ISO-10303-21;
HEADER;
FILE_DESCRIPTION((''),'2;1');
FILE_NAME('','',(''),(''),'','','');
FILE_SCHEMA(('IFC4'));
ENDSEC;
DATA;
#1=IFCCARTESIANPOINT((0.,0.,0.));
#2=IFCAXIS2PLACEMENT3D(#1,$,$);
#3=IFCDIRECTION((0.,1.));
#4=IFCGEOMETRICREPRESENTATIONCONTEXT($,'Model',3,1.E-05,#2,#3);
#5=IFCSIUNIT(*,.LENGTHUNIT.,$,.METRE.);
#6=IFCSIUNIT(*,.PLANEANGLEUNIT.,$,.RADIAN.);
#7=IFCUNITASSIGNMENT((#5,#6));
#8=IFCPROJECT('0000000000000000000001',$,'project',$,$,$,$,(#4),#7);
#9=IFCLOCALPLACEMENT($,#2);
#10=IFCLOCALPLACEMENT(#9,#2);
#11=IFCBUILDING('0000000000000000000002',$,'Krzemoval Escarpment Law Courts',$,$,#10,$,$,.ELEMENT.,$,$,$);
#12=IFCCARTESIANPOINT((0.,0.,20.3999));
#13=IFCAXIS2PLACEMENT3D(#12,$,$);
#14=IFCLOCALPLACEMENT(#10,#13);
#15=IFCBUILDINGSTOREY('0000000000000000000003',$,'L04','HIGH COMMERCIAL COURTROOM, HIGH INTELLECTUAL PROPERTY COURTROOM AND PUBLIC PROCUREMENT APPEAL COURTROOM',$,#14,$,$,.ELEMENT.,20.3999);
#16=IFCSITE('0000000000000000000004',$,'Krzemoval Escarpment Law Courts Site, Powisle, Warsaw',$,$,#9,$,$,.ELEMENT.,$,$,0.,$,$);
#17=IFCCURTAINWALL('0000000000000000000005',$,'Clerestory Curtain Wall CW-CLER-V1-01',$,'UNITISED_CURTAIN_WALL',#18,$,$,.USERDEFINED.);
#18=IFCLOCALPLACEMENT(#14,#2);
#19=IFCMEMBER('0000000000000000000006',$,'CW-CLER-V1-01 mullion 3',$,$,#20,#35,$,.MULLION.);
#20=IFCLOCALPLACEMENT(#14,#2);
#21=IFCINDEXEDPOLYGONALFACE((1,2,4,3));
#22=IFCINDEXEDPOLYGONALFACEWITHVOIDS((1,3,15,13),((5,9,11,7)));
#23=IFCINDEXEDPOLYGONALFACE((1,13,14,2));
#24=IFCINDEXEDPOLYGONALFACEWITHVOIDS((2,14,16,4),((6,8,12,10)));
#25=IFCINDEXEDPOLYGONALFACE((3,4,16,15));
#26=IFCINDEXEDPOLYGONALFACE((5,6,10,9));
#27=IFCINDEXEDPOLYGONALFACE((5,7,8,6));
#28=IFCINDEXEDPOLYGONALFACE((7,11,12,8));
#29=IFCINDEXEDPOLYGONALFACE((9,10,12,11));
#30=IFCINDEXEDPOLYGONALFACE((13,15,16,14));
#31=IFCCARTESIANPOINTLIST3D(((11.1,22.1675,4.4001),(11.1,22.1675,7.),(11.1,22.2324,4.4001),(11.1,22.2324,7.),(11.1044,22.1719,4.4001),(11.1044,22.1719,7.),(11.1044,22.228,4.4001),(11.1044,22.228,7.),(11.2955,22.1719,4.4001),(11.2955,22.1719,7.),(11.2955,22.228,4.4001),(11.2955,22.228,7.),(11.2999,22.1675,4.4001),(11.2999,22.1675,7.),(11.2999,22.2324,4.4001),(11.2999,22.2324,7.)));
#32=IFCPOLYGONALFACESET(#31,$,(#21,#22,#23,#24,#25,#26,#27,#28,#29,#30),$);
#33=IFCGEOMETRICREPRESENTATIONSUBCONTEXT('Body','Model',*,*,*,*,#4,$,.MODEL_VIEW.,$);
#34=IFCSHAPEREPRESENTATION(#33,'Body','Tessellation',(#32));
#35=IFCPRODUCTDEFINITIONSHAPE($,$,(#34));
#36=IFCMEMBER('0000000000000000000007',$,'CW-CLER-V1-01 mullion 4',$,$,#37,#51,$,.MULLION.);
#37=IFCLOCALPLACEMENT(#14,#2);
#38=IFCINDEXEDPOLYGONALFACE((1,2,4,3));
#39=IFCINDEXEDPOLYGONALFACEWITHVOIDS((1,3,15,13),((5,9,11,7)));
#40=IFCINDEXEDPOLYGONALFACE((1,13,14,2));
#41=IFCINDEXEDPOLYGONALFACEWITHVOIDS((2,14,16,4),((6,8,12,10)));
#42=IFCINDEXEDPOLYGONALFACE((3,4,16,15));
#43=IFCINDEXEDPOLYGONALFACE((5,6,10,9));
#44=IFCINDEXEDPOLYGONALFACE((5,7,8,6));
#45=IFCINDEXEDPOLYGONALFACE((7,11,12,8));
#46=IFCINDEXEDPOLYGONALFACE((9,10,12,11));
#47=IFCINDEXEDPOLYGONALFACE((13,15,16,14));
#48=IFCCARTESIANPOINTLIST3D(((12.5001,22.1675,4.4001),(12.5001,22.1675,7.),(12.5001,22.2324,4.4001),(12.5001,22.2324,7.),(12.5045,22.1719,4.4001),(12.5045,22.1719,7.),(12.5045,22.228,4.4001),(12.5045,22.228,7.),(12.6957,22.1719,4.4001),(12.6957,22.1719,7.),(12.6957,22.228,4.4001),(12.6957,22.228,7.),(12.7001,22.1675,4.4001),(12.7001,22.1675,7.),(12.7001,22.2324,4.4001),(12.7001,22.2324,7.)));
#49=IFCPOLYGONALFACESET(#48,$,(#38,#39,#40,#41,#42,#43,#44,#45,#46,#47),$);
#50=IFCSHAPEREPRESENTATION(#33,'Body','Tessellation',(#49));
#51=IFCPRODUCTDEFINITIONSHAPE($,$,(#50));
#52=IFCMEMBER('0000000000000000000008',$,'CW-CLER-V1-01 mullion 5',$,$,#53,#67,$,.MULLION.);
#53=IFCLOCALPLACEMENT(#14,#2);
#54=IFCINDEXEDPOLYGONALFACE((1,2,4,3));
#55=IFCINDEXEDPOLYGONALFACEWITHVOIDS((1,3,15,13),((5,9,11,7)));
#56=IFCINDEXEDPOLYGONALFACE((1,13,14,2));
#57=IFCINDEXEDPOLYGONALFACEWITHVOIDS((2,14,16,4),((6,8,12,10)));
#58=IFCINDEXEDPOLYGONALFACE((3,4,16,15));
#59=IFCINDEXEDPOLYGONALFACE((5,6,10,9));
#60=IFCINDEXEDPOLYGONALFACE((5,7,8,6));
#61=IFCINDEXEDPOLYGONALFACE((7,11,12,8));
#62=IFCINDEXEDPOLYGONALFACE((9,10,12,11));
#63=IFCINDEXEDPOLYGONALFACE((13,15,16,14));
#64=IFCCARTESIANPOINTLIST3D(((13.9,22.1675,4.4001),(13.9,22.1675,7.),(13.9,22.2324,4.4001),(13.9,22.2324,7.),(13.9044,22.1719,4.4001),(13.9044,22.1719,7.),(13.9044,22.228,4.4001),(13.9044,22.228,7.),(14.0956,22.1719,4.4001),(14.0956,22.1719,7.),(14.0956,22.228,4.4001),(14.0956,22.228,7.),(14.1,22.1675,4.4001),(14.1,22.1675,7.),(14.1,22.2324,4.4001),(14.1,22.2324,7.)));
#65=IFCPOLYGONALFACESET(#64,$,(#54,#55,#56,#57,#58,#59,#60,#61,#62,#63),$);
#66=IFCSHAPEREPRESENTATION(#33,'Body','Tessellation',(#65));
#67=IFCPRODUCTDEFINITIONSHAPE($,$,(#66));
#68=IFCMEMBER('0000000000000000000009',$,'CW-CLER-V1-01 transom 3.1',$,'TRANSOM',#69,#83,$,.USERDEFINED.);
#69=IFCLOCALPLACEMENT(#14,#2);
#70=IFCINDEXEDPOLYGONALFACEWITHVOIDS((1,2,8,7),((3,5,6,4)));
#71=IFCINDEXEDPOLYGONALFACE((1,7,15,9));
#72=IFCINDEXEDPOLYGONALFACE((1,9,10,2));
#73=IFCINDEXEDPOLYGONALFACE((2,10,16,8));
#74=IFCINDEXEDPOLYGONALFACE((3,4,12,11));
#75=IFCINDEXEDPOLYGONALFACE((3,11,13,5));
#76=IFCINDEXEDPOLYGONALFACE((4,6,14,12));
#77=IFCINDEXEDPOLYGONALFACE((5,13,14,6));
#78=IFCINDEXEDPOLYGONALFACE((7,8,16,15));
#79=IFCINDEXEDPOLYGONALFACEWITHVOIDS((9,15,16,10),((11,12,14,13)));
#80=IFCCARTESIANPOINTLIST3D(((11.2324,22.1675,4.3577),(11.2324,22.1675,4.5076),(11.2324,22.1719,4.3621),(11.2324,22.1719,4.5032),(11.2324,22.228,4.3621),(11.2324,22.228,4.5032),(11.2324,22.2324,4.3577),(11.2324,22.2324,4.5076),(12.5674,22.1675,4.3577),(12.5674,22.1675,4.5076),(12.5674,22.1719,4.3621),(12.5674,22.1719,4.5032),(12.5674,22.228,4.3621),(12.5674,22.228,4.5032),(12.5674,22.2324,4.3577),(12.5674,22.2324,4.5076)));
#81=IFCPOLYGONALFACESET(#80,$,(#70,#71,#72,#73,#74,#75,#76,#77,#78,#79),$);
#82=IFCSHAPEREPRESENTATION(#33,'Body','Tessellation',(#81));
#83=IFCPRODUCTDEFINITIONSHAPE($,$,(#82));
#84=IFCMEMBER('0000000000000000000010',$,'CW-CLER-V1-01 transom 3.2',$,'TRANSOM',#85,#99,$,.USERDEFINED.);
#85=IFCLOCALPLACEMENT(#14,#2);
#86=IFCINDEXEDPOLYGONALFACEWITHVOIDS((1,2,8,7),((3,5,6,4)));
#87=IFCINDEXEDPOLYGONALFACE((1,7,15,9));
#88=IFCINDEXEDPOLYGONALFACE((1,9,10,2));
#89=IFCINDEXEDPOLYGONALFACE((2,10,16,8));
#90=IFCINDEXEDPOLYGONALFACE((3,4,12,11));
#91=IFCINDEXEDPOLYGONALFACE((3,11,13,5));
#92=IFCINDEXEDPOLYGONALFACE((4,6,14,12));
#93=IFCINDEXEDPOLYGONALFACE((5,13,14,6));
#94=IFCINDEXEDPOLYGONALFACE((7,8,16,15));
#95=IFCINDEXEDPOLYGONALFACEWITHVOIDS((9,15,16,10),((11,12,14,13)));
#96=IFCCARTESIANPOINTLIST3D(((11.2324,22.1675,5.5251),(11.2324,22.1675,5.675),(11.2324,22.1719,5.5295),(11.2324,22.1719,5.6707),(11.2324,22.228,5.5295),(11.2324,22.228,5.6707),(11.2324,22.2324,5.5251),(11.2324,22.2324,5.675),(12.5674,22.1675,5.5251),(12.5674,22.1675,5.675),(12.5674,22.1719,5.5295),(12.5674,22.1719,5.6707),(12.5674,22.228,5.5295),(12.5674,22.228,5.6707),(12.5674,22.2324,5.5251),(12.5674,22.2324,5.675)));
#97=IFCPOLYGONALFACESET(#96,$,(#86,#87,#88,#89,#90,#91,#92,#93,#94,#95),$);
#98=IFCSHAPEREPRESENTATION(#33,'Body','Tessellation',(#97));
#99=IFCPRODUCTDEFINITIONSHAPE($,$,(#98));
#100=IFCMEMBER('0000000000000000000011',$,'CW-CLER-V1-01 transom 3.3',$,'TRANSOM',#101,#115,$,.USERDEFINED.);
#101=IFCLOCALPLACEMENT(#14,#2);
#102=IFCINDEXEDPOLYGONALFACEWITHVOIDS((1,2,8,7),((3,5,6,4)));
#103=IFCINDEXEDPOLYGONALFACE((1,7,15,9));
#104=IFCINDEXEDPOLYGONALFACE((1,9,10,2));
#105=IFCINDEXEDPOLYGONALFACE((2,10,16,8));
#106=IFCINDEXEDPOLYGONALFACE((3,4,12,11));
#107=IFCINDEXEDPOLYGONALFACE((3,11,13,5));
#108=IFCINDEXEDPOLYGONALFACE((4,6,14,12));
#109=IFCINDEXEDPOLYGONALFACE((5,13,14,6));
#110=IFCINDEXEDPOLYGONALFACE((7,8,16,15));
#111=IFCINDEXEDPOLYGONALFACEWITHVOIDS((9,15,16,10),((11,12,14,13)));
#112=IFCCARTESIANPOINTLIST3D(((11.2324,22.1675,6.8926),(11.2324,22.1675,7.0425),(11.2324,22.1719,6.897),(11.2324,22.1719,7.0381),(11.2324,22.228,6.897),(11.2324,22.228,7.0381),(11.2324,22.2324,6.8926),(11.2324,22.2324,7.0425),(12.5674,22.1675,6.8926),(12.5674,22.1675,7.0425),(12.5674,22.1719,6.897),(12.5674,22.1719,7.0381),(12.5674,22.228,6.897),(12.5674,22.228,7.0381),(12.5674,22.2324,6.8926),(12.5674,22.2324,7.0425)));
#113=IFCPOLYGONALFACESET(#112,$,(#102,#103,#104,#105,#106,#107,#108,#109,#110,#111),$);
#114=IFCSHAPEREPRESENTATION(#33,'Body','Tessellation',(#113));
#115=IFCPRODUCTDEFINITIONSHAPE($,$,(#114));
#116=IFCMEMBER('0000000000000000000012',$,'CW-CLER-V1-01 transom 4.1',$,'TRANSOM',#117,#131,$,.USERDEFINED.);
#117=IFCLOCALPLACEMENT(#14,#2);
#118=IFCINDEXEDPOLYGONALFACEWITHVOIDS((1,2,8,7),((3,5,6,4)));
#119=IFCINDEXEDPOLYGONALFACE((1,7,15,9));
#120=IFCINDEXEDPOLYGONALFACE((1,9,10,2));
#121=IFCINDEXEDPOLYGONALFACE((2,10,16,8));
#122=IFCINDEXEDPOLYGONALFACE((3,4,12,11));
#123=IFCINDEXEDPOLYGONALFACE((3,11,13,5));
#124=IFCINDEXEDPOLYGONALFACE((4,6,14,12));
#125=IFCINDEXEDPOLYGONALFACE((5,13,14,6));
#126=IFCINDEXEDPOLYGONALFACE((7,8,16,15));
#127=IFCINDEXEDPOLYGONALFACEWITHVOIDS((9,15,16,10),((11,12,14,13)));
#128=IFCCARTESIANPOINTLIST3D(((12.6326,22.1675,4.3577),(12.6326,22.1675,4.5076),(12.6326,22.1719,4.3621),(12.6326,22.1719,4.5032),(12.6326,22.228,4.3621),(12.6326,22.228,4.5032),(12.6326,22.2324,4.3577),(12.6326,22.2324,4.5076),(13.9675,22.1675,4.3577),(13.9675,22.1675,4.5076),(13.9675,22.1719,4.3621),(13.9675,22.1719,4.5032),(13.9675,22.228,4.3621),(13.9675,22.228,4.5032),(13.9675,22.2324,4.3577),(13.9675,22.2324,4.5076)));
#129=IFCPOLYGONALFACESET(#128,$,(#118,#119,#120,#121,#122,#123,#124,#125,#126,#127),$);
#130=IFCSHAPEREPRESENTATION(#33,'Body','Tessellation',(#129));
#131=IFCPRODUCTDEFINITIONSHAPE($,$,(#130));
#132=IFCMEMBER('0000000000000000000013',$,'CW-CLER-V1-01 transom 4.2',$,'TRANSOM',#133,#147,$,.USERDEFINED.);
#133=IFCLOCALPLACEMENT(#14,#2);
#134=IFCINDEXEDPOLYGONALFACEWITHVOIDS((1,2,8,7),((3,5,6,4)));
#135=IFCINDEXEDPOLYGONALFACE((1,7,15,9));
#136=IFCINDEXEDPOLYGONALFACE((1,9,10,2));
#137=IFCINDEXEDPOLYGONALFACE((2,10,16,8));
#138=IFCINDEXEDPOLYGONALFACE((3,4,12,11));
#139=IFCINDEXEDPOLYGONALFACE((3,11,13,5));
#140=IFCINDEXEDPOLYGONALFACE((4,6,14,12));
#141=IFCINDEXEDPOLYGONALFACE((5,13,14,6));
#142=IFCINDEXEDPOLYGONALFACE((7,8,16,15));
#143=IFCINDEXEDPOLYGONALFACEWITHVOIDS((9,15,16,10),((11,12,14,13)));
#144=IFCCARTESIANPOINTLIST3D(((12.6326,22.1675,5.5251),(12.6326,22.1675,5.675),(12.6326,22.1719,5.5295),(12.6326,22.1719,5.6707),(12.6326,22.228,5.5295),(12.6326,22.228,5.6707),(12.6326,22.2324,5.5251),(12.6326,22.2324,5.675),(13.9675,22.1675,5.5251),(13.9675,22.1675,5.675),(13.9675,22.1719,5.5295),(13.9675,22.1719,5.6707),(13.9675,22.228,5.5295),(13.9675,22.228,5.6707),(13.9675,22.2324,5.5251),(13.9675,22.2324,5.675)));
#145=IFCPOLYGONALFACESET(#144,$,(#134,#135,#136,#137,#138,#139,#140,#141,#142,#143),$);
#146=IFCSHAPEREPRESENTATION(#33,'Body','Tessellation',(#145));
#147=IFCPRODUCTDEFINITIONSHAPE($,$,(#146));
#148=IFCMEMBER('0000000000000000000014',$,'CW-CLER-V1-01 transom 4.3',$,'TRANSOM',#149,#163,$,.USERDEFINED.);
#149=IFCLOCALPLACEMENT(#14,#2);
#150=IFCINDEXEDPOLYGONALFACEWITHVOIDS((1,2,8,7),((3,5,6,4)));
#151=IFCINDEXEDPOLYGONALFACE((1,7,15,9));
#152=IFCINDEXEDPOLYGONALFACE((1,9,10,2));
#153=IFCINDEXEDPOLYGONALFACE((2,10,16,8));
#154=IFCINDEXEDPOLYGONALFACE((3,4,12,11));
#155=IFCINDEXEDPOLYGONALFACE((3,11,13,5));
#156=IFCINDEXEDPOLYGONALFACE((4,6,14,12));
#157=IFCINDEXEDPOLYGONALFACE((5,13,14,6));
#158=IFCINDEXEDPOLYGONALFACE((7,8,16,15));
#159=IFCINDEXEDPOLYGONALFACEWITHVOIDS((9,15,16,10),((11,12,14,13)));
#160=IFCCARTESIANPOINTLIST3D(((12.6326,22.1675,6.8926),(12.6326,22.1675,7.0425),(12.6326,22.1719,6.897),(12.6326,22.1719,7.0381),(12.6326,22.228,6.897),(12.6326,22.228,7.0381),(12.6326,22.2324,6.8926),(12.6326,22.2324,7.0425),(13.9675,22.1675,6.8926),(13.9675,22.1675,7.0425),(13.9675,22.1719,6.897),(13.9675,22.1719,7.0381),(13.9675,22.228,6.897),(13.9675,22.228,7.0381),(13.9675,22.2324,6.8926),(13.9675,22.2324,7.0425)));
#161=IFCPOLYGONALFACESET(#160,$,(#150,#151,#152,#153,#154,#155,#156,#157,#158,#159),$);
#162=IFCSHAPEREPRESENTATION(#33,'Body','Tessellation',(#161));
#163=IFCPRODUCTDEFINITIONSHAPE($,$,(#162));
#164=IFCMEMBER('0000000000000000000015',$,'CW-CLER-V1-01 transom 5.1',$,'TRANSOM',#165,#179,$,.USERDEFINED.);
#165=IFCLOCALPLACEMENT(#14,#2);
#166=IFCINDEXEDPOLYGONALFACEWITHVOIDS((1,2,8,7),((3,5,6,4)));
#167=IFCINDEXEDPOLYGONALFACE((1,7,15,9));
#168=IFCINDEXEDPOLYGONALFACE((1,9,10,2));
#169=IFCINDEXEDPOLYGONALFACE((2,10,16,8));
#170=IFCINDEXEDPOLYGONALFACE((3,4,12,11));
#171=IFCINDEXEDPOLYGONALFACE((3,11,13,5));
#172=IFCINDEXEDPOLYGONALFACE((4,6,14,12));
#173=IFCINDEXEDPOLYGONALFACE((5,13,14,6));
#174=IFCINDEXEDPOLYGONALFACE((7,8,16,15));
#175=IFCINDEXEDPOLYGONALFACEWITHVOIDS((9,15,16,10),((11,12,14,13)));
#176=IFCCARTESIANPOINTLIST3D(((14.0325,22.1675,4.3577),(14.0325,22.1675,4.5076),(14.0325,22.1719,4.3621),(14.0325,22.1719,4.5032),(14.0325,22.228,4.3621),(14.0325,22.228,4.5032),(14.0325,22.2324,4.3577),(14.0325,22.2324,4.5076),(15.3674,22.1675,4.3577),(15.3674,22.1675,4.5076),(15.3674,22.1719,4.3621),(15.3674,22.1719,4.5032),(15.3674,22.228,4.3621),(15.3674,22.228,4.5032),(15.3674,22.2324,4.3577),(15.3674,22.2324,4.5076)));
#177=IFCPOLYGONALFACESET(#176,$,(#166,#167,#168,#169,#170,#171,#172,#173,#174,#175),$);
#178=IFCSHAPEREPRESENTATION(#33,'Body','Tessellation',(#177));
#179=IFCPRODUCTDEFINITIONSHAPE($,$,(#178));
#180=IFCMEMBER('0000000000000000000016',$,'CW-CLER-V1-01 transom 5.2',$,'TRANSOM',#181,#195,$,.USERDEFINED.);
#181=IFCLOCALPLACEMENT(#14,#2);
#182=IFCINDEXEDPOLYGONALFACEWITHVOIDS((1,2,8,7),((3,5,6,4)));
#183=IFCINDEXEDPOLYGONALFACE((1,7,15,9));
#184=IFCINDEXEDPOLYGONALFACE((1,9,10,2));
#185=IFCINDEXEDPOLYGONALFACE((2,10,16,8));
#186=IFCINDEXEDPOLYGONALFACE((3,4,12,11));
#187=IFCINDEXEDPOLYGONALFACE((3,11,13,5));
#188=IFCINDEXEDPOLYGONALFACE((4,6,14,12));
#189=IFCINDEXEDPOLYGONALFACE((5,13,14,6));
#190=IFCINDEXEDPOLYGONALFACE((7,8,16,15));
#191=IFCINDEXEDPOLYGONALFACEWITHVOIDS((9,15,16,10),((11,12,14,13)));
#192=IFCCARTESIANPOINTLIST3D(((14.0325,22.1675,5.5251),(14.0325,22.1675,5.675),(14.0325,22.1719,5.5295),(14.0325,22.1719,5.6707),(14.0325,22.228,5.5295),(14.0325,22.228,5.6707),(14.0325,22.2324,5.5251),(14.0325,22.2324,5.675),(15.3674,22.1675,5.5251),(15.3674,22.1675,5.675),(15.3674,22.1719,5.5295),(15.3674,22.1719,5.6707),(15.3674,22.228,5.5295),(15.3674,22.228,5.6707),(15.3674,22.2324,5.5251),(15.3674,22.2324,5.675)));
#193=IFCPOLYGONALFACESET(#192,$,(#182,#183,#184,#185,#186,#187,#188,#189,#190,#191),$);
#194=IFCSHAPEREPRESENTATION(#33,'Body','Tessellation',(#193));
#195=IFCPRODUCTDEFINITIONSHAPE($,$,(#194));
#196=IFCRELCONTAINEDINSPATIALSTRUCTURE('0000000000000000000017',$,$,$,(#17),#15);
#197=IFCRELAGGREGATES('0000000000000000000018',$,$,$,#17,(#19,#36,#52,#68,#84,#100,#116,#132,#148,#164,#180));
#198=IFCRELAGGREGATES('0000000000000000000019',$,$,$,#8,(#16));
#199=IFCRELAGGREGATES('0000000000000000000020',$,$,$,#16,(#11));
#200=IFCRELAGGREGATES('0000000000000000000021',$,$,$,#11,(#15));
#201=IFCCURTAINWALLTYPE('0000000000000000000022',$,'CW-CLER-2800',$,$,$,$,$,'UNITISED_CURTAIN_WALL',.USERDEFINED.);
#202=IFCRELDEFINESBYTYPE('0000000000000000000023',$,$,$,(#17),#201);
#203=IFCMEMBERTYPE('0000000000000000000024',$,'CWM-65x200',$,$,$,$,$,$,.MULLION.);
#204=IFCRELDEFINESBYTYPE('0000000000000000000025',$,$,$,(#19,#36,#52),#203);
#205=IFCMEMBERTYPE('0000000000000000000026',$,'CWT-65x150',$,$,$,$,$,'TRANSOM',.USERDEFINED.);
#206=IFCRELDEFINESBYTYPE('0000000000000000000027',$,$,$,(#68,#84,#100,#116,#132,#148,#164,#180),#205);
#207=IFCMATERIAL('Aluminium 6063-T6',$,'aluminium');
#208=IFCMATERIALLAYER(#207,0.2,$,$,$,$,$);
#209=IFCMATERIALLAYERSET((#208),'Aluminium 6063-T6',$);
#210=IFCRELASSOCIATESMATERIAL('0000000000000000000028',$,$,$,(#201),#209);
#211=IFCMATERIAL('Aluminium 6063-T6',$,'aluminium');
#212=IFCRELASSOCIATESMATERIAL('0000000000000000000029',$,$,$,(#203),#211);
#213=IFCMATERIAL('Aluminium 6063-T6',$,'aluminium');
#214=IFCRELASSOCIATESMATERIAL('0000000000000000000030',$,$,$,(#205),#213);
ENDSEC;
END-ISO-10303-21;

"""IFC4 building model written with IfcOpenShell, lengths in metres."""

from ifc_helpers import new_model, si_unit, direction, frame, origin, origin_2d, place, context, subcontext, project, spatial, hollow_rectangle, extrude, material, layer, layer_set, material_profile, profile_set, type_object, element, aggregate, save


model = new_model("IFC4")

# Units and contexts
model_context = context("Model", 3, precision=1e-05, world=origin(), true_north=direction((0.0, 1.0)))
body_context = subcontext(model_context, "Body", "Model", "MODEL_VIEW")
ifc_project = project(units=[si_unit("LENGTHUNIT", "METRE"), si_unit("PLANEANGLEUNIT", "RADIAN")], contexts=[model_context])

# Site, building, storey
site_placement = place(None, origin())
site = spatial("IfcSite", under=ifc_project, at=site_placement, Name="Krzemoval Escarpment Law Courts Site, Powisle, Warsaw", CompositionType="ELEMENT", RefElevation=0.0)
building_placement = place(site_placement, origin())
building = spatial("IfcBuilding", under=site, at=building_placement, Name="Krzemoval Escarpment Law Courts", CompositionType="ELEMENT")
storey_placement = place(building_placement, frame((0.0, 0.0, 20.3999)))
storey = spatial("IfcBuildingStorey", under=building, at=storey_placement, Name="L04", Description="HIGH COMMERCIAL COURTROOM, HIGH INTELLECTUAL PROPERTY COURTROOM AND PUBLIC PROCUREMENT APPEAL COURTROOM", CompositionType="ELEMENT", Elevation=20.3999)

# Curtain wall, members
ifc_material_1 = material(Name="Aluminium 6063-T6", Category="aluminium")
ifc_layer_1 = layer(ifc_material_1, 0.2)
ifc_layer_set_1 = layer_set([ifc_layer_1], Name="Aluminium 6063-T6")
curtain_wall_type = type_object("IfcCurtainWallType", Name="CW-CLER-2800", ElementType="UNITISED_CURTAIN_WALL", PredefinedType="USERDEFINED", material=ifc_layer_set_1)
curtain_wall_placement = place(storey_placement, origin())
curtain_wall = element("IfcCurtainWall", 1, at=curtain_wall_placement, inside=storey, type_object=curtain_wall_type, Name="Clerestory Curtain Wall CW-CLER-V1-01", ObjectType="UNITISED_CURTAIN_WALL", PredefinedType="USERDEFINED")
ifc_material_2 = material(Name="Aluminium 6063-T6", Category="aluminium")
ifc_material_profile_1 = material_profile(ifc_material_2, hollow_rectangle(XDim=0.0649, YDim=0.2, WallThickness=0.0044, at=origin_2d()), Name="ALU M65x200")
ifc_profile_set_1 = profile_set([ifc_material_profile_1], Name="Aluminium 6063-T6")
member_type_1 = type_object("IfcMemberType", Name="CWM-65x200", PredefinedType="MULLION", material=ifc_profile_set_1)
member_1_placement = place(storey_placement, frame((11.2, 22.2, 4.4001), z_axis=(0.0, 0.0, 1.0), x_axis=(0.0, 1.0, 0.0)))
member_1 = element("IfcMember", 2, at=member_1_placement, type_object=member_type_1, Name="CW-CLER-V1-01 mullion 3", PredefinedType="MULLION", context=body_context, shape_type="SweptSolid", body=[
    extrude(hollow_rectangle(XDim=0.0649, YDim=0.2, WallThickness=0.0044, at=origin_2d()), origin(), (0.0, 0.0, 1.0), 2.5999),
])
member_2_placement = place(storey_placement, frame((12.6001, 22.2, 4.4001), z_axis=(0.0, 0.0, 1.0), x_axis=(0.0, 1.0, 0.0)))
member_2 = element("IfcMember", 3, at=member_2_placement, type_object=member_type_1, Name="CW-CLER-V1-01 mullion 4", PredefinedType="MULLION", context=body_context, shape_type="SweptSolid", body=[
    extrude(hollow_rectangle(XDim=0.0649, YDim=0.2, WallThickness=0.0044, at=origin_2d()), origin(), (0.0, 0.0, 1.0), 2.5999),
])
member_3_placement = place(storey_placement, frame((14.0, 22.2, 4.4001), z_axis=(0.0, 0.0, 1.0), x_axis=(0.0, 1.0, 0.0)))
member_3 = element("IfcMember", 4, at=member_3_placement, type_object=member_type_1, Name="CW-CLER-V1-01 mullion 5", PredefinedType="MULLION", context=body_context, shape_type="SweptSolid", body=[
    extrude(hollow_rectangle(XDim=0.0649, YDim=0.2, WallThickness=0.0044, at=origin_2d()), origin(), (0.0, 0.0, 1.0), 2.5999),
])
ifc_material_3 = material(Name="Aluminium 6063-T6", Category="aluminium")
ifc_material_profile_2 = material_profile(ifc_material_3, hollow_rectangle(XDim=0.0649, YDim=0.1499, WallThickness=0.0044, at=origin_2d()), Name="ALU T65x150")
ifc_profile_set_2 = profile_set([ifc_material_profile_2], Name="Aluminium 6063-T6")
member_type_2 = type_object("IfcMemberType", Name="CWT-65x150", ElementType="TRANSOM", PredefinedType="USERDEFINED", material=ifc_profile_set_2)
member_4_placement = place(storey_placement, frame((11.2324, 22.2, 4.4326), z_axis=(1.0, 0.0, 0.0), x_axis=(0.0, 1.0, 0.0)))
member_4 = element("IfcMember", 5, at=member_4_placement, type_object=member_type_2, Name="CW-CLER-V1-01 transom 3.1", ObjectType="TRANSOM", PredefinedType="USERDEFINED", context=body_context, shape_type="SweptSolid", body=[
    extrude(hollow_rectangle(XDim=0.0649, YDim=0.1499, WallThickness=0.0044, at=origin_2d()), origin(), (0.0, 0.0, 1.0), 1.335),
])
member_5_placement = place(storey_placement, frame((11.2324, 22.2, 5.6001), z_axis=(1.0, 0.0, 0.0), x_axis=(0.0, 1.0, 0.0)))
member_5 = element("IfcMember", 6, at=member_5_placement, type_object=member_type_2, Name="CW-CLER-V1-01 transom 3.2", ObjectType="TRANSOM", PredefinedType="USERDEFINED", context=body_context, shape_type="SweptSolid", body=[
    extrude(hollow_rectangle(XDim=0.0649, YDim=0.1499, WallThickness=0.0044, at=origin_2d()), origin(), (0.0, 0.0, 1.0), 1.335),
])
member_6_placement = place(storey_placement, frame((11.2324, 22.2, 6.9675), z_axis=(1.0, 0.0, 0.0), x_axis=(0.0, 1.0, 0.0)))
member_6 = element("IfcMember", 7, at=member_6_placement, type_object=member_type_2, Name="CW-CLER-V1-01 transom 3.3", ObjectType="TRANSOM", PredefinedType="USERDEFINED", context=body_context, shape_type="SweptSolid", body=[
    extrude(hollow_rectangle(XDim=0.0649, YDim=0.1499, WallThickness=0.0044, at=origin_2d()), origin(), (0.0, 0.0, 1.0), 1.335),
])
member_7_placement = place(storey_placement, frame((12.6326, 22.2, 4.4326), z_axis=(1.0, 0.0, 0.0), x_axis=(0.0, 1.0, 0.0)))
member_7 = element("IfcMember", 8, at=member_7_placement, type_object=member_type_2, Name="CW-CLER-V1-01 transom 4.1", ObjectType="TRANSOM", PredefinedType="USERDEFINED", context=body_context, shape_type="SweptSolid", body=[
    extrude(hollow_rectangle(XDim=0.0649, YDim=0.1499, WallThickness=0.0044, at=origin_2d()), origin(), (0.0, 0.0, 1.0), 1.335),
])
member_8_placement = place(storey_placement, frame((12.6326, 22.2, 5.6001), z_axis=(1.0, 0.0, 0.0), x_axis=(0.0, 1.0, 0.0)))
member_8 = element("IfcMember", 9, at=member_8_placement, type_object=member_type_2, Name="CW-CLER-V1-01 transom 4.2", ObjectType="TRANSOM", PredefinedType="USERDEFINED", context=body_context, shape_type="SweptSolid", body=[
    extrude(hollow_rectangle(XDim=0.0649, YDim=0.1499, WallThickness=0.0044, at=origin_2d()), origin(), (0.0, 0.0, 1.0), 1.335),
])
member_9_placement = place(storey_placement, frame((12.6326, 22.2, 6.9675), z_axis=(1.0, 0.0, 0.0), x_axis=(0.0, 1.0, 0.0)))
member_9 = element("IfcMember", 10, at=member_9_placement, type_object=member_type_2, Name="CW-CLER-V1-01 transom 4.3", ObjectType="TRANSOM", PredefinedType="USERDEFINED", context=body_context, shape_type="SweptSolid", body=[
    extrude(hollow_rectangle(XDim=0.0649, YDim=0.1499, WallThickness=0.0044, at=origin_2d()), origin(), (0.0, 0.0, 1.0), 1.335),
])
member_10_placement = place(storey_placement, frame((14.0325, 22.2, 4.4326), z_axis=(1.0, 0.0, 0.0), x_axis=(0.0, 1.0, 0.0)))
member_10 = element("IfcMember", 11, at=member_10_placement, type_object=member_type_2, Name="CW-CLER-V1-01 transom 5.1", ObjectType="TRANSOM", PredefinedType="USERDEFINED", context=body_context, shape_type="SweptSolid", body=[
    extrude(hollow_rectangle(XDim=0.0649, YDim=0.1499, WallThickness=0.0044, at=origin_2d()), origin(), (0.0, 0.0, 1.0), 1.335),
])
member_11_placement = place(storey_placement, frame((14.0325, 22.2, 5.6001), z_axis=(1.0, 0.0, 0.0), x_axis=(0.0, 1.0, 0.0)))
member_11 = element("IfcMember", 12, at=member_11_placement, type_object=member_type_2, Name="CW-CLER-V1-01 transom 5.2", ObjectType="TRANSOM", PredefinedType="USERDEFINED", context=body_context, shape_type="SweptSolid", body=[
    extrude(hollow_rectangle(XDim=0.0649, YDim=0.1499, WallThickness=0.0044, at=origin_2d()), origin(), (0.0, 0.0, 1.0), 1.335),
])

aggregate(curtain_wall, [member_1, member_2, member_3, member_4, member_5, member_6, member_7, member_8, member_9, member_10, member_11])

save(model, "model.ifc")
